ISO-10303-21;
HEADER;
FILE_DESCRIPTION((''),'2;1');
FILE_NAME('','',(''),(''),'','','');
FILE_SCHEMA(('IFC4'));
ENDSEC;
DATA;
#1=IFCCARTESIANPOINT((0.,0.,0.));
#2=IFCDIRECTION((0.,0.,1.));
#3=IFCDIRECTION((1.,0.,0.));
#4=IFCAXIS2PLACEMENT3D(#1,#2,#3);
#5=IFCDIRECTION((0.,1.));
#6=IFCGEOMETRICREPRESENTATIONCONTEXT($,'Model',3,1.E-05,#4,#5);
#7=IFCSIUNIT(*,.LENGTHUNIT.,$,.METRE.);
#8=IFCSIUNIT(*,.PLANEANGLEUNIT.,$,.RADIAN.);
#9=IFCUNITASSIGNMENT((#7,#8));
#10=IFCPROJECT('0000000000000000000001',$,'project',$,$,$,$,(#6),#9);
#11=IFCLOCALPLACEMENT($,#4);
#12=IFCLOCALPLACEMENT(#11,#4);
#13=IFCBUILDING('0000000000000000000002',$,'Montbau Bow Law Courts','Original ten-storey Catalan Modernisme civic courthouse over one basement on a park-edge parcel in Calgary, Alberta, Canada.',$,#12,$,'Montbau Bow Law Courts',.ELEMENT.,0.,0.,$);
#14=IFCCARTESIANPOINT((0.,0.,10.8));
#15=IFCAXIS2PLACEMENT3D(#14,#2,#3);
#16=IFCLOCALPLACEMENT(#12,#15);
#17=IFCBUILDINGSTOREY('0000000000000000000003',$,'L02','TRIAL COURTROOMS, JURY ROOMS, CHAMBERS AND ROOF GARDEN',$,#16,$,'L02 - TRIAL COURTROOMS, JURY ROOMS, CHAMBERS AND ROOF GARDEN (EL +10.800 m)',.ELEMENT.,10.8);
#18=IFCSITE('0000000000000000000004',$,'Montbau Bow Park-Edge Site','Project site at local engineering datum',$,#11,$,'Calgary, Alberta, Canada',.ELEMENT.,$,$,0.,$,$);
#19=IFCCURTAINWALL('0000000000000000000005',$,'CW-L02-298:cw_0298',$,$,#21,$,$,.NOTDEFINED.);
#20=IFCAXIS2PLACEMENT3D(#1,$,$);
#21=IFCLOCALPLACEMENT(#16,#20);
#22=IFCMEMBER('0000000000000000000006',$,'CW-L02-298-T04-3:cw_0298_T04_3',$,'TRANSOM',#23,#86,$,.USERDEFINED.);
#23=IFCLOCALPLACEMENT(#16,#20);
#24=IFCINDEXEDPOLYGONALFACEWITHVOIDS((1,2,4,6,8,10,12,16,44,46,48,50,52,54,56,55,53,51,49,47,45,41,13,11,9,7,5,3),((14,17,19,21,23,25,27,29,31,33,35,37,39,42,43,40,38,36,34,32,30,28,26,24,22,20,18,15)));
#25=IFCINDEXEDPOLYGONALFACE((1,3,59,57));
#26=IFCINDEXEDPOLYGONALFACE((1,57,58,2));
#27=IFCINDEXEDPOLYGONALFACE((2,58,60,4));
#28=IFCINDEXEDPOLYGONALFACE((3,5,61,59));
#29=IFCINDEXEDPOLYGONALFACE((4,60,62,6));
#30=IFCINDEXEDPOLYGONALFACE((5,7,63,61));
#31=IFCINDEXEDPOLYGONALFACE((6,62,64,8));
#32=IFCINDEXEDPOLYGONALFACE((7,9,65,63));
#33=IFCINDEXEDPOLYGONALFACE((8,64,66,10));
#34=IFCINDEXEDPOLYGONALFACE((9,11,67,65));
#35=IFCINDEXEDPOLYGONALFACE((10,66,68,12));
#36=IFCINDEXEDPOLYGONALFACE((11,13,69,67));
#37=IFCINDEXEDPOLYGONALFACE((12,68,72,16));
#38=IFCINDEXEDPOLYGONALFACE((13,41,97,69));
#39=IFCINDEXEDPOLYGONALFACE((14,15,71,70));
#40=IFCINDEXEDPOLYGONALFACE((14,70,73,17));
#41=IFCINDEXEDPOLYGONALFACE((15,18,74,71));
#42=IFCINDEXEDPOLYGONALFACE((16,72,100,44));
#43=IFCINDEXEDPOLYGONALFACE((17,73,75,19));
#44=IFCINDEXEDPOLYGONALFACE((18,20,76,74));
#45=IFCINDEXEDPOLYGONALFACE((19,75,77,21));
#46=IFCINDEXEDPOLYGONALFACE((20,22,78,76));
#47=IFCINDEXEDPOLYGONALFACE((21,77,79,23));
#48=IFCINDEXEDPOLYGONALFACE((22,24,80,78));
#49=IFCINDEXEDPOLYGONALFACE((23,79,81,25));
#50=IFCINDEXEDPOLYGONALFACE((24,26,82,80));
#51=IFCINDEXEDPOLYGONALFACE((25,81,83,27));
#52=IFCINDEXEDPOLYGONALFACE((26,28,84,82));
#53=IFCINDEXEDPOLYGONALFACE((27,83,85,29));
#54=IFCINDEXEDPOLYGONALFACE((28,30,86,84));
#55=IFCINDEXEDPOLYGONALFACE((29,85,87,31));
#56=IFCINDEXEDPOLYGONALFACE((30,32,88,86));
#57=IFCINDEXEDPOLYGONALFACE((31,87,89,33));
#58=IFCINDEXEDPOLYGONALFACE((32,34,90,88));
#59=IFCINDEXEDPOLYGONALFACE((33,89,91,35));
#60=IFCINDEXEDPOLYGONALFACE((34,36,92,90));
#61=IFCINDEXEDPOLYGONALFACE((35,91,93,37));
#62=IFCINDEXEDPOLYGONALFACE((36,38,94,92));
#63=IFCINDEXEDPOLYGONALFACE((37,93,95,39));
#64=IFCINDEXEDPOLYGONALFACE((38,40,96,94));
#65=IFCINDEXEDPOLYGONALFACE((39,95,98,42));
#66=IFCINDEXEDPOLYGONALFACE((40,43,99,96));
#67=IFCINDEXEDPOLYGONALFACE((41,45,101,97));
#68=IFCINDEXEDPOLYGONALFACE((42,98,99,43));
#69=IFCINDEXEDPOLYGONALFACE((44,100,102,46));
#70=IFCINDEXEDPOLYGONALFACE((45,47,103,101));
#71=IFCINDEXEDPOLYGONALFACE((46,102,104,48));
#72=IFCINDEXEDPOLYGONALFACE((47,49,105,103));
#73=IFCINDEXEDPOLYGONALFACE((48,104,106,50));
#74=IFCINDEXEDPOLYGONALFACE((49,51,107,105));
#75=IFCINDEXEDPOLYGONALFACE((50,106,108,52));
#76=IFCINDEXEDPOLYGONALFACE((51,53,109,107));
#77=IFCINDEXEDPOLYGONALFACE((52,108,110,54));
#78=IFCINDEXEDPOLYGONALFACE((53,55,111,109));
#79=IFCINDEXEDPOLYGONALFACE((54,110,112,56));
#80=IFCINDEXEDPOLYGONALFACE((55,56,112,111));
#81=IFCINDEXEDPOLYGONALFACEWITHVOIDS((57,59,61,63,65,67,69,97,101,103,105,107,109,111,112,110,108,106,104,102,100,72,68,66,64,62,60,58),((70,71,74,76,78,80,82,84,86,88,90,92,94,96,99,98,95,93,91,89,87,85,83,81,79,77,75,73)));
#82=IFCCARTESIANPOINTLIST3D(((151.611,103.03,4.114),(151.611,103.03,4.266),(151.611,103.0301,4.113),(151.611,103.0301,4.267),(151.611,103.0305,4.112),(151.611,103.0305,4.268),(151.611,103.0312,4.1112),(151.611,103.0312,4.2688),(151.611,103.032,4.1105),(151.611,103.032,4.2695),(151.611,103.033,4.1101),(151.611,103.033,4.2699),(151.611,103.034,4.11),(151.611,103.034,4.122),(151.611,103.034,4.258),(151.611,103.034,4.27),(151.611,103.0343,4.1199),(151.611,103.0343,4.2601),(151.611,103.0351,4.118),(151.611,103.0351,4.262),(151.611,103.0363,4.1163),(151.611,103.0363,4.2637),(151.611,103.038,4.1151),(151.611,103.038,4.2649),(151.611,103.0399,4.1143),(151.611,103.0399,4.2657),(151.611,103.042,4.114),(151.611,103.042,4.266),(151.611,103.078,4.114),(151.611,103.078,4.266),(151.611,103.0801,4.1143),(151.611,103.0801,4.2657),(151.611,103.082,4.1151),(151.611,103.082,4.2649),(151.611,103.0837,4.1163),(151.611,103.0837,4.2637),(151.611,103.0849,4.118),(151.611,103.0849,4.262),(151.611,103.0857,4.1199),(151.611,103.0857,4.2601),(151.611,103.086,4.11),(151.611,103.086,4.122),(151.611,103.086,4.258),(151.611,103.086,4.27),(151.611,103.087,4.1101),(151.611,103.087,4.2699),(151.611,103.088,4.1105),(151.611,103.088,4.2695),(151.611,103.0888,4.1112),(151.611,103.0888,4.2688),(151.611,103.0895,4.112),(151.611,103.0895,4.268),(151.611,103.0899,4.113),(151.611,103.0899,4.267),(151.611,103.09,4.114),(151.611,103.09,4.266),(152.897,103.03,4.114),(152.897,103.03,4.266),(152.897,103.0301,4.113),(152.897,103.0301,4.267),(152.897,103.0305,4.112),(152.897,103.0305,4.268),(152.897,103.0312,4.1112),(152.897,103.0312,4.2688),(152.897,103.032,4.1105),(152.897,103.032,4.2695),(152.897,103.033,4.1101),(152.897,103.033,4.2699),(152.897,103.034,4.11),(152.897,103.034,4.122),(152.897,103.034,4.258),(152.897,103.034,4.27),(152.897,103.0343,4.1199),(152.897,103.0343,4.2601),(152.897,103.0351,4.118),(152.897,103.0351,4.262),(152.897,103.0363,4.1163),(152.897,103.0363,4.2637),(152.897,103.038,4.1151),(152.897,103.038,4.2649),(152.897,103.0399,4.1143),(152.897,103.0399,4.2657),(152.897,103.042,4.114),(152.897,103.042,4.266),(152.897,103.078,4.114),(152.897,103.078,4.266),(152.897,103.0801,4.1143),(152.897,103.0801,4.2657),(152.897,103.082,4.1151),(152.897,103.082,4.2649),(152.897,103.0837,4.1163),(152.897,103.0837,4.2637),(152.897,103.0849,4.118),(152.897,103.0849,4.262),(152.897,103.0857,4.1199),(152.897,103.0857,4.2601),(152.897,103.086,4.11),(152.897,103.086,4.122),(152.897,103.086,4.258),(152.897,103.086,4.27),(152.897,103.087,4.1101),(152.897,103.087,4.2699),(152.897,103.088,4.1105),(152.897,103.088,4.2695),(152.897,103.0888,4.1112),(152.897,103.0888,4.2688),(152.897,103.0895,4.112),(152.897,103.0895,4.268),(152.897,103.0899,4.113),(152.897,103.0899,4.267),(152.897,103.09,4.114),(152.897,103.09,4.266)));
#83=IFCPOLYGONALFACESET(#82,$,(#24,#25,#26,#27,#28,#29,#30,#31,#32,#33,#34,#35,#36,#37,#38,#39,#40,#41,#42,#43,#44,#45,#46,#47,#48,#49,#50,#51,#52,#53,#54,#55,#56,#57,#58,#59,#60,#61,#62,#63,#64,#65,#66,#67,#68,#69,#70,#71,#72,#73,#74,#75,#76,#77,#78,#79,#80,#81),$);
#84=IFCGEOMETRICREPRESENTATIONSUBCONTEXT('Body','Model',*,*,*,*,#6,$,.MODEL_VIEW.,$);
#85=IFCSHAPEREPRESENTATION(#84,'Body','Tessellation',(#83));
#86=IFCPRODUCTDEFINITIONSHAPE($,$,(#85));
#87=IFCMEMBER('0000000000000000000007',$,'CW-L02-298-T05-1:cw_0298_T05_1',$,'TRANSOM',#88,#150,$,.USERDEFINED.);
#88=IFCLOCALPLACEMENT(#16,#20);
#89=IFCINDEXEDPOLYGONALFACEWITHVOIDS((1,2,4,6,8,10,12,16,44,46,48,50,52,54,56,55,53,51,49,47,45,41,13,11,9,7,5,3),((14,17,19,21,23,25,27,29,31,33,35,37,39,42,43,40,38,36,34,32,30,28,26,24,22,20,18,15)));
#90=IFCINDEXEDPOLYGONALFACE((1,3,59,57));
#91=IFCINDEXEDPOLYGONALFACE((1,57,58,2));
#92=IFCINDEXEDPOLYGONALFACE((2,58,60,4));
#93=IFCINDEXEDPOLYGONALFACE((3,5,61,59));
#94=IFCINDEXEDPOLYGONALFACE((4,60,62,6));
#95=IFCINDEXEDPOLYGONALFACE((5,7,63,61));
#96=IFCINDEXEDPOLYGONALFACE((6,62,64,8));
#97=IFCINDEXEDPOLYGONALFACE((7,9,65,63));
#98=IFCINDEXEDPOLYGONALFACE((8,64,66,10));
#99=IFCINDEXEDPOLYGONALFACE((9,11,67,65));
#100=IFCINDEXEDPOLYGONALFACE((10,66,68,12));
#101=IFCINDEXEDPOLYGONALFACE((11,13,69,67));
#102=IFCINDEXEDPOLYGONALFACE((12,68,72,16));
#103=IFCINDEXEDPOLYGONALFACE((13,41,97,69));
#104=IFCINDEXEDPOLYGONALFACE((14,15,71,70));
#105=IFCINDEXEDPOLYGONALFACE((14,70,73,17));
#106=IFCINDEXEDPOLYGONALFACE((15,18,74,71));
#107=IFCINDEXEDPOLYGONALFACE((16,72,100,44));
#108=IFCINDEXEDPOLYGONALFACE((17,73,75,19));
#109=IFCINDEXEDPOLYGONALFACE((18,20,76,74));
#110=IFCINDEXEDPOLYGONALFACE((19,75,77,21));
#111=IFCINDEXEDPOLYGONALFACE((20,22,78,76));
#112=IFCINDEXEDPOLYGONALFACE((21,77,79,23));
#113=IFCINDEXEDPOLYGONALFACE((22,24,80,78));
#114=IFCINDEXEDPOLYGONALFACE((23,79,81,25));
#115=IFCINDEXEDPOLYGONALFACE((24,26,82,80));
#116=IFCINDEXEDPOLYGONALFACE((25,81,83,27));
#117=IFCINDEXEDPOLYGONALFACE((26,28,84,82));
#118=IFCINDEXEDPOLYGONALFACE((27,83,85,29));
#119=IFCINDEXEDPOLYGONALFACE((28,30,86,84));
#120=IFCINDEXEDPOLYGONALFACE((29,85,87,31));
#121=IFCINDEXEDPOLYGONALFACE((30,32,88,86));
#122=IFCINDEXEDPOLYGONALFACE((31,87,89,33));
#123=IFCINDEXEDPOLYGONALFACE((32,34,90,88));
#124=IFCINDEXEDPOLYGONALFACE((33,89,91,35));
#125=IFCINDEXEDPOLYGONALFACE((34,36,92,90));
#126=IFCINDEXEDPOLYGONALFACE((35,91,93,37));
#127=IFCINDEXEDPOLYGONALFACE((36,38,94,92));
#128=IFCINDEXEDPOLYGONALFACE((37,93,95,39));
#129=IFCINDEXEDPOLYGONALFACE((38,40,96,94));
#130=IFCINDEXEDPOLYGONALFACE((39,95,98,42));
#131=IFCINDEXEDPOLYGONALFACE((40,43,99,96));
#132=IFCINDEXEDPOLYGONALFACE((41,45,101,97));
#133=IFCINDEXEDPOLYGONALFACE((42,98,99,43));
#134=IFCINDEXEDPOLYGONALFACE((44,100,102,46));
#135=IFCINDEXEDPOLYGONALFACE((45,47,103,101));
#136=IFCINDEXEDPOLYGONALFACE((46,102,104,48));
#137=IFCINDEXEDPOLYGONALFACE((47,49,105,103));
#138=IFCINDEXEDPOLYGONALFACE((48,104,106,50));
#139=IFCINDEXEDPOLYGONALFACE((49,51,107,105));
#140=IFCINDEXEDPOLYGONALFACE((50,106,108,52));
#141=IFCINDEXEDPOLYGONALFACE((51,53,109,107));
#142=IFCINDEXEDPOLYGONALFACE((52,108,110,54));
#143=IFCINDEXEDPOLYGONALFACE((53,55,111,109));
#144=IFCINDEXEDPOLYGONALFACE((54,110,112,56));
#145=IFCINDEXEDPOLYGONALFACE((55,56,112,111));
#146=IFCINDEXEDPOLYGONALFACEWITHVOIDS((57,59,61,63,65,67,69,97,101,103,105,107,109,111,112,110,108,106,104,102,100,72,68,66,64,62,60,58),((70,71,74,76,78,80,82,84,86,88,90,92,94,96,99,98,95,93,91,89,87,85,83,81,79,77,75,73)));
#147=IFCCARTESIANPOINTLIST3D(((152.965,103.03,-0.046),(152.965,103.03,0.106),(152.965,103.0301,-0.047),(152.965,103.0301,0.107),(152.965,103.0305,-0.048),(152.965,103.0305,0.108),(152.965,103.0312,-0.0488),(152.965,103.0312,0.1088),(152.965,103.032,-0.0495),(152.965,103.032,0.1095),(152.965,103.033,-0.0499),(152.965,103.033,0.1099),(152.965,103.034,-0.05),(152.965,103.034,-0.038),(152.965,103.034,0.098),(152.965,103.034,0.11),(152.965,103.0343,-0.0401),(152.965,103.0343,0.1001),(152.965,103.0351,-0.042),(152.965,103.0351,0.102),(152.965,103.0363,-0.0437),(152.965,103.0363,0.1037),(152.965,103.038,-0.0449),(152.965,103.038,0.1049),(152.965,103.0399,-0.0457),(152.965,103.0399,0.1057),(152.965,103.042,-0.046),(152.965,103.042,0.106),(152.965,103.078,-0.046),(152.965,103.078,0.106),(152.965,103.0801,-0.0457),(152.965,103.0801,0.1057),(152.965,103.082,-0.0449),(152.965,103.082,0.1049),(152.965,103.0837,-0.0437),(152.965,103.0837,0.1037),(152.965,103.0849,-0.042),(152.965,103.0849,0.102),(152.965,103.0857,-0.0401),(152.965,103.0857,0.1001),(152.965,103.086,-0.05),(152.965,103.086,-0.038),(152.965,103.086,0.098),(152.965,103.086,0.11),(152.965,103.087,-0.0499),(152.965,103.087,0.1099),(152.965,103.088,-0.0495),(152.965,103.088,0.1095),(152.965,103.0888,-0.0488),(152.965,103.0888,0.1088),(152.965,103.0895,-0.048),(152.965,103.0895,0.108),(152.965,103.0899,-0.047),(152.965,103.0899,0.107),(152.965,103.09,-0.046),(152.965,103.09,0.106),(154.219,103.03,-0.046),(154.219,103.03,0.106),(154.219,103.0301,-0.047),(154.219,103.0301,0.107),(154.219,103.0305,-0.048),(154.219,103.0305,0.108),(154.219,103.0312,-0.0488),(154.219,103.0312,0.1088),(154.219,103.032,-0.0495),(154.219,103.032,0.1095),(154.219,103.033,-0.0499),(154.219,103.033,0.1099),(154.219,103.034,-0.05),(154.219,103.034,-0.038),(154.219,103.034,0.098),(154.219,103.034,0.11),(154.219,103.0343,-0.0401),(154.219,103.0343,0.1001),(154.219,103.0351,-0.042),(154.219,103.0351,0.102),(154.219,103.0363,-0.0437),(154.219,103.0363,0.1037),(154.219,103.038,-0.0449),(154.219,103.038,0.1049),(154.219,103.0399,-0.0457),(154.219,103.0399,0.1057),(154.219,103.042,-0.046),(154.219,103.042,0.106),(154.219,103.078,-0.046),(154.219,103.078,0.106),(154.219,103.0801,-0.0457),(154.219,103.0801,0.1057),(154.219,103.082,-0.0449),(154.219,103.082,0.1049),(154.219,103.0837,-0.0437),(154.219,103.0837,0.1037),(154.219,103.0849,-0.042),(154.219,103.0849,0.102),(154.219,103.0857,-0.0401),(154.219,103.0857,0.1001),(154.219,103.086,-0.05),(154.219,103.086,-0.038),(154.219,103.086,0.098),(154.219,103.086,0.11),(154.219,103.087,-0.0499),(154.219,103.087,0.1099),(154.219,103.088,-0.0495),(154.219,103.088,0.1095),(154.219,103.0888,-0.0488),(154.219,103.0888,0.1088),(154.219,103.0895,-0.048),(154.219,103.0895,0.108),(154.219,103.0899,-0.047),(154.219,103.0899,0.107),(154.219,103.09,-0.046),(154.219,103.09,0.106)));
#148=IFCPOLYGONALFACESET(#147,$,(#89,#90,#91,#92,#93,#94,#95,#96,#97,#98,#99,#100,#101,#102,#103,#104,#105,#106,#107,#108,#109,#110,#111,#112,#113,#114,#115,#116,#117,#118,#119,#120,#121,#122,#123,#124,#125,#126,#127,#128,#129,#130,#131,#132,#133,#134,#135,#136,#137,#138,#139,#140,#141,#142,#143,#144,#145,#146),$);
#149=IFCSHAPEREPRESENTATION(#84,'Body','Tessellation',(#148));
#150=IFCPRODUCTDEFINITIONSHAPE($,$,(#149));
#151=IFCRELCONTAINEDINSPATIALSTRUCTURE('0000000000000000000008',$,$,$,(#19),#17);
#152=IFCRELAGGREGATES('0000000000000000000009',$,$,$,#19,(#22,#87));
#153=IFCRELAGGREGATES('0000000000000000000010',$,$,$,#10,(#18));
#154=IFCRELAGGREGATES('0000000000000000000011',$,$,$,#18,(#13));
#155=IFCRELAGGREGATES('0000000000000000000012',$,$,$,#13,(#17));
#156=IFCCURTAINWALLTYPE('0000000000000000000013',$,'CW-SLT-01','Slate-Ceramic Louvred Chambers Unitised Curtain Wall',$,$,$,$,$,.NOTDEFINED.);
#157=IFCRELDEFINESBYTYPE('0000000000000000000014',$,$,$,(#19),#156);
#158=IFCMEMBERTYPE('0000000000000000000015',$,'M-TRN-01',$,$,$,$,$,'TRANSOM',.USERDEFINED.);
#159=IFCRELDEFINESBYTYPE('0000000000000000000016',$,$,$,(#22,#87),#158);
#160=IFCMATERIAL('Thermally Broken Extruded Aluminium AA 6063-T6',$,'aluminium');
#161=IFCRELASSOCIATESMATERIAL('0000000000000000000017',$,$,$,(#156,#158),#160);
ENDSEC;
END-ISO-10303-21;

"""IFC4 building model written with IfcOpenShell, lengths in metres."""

from ifc_helpers import new_model, si_unit, direction, frame, origin_with_axes, origin_2d_with_axis, place, context, subcontext, project, spatial, hollow_rectangle, extrude, material, material_profile, profile_set, type_object, element, aggregate, save


model = new_model("IFC4")

# Units and contexts
model_context = context("Model", 3, precision=1e-05, world=origin_with_axes(), true_north=direction((0.0, 1.0)))
body_context = subcontext(model_context, "Body", "Model", "MODEL_VIEW")
ifc_project = project(units=[si_unit("LENGTHUNIT", "METRE"), si_unit("PLANEANGLEUNIT", "RADIAN")], contexts=[model_context])

# Site, building, storey
site_placement = place(None, origin_with_axes())
site = spatial("IfcSite", under=ifc_project, at=site_placement, Name="Montbau Bow Park-Edge Site", Description="Project site at local engineering datum", LongName="Calgary, Alberta, Canada", CompositionType="ELEMENT", RefElevation=0.0)
building_placement = place(site_placement, origin_with_axes())
building = spatial("IfcBuilding", under=site, at=building_placement, Name="Montbau Bow Law Courts", Description="Original ten-storey Catalan Modernisme civic courthouse over one basement on a park-edge parcel in Calgary, Alberta, Canada.", LongName="Montbau Bow Law Courts", CompositionType="ELEMENT", ElevationOfRefHeight=0.0, ElevationOfTerrain=0.0)
storey_placement = place(building_placement, frame((0.0, 0.0, 10.8), z_axis=(0.0, 0.0, 1.0), x_axis=(1.0, 0.0, 0.0)))
storey = spatial("IfcBuildingStorey", under=building, at=storey_placement, Name="L02", Description="TRIAL COURTROOMS, JURY ROOMS, CHAMBERS AND ROOF GARDEN", LongName="L02 - TRIAL COURTROOMS, JURY ROOMS, CHAMBERS AND ROOF GARDEN (EL +10.800 m)", CompositionType="ELEMENT", Elevation=10.8)

# Curtain wall, members
ifc_material_1 = material(Name="Thermally Broken Extruded Aluminium AA 6063-T6", Category="aluminium")
curtain_wall_type = type_object("IfcCurtainWallType", Name="CW-SLT-01", Description="Slate-Ceramic Louvred Chambers Unitised Curtain Wall", PredefinedType="NOTDEFINED", material=ifc_material_1)
curtain_wall_placement = place(None, frame((147.515, 103.06, 10.8), z_axis=(0.0, 0.0, 1.0), x_axis=(1.0, 0.0, 0.0)))
curtain_wall = element("IfcCurtainWall", 1, at=curtain_wall_placement, inside=storey, type_object=curtain_wall_type, Name="CW-L02-298:cw_0298", PredefinedType="NOTDEFINED")
ifc_material_profile_1 = material_profile(ifc_material_1, hollow_rectangle(XDim=0.06, YDim=0.16, WallThickness=0.004, InnerFilletRadius=0.008, OuterFilletRadius=0.004, at=origin_2d_with_axis()), Name="CWT-160X60", Category="Main", Priority=0)
ifc_profile_set_1 = profile_set([ifc_material_profile_1], Name="Thermally Broken Extruded Aluminium AA 6063-T6")
member_type_1 = type_object("IfcMemberType", Name="M-TRN-01", ElementType="TRANSOM", PredefinedType="USERDEFINED", material=ifc_profile_set_1)
member_1_placement = place(None, frame((151.611, 103.06, 14.99), z_axis=(1.0, 0.0, 0.0), x_axis=(0.0, 1.0, 0.0)))
member_1 = element("IfcMember", 2, at=member_1_placement, type_object=member_type_1, Name="CW-L02-298-T04-3:cw_0298_T04_3", ObjectType="TRANSOM", PredefinedType="USERDEFINED", context=body_context, shape_type="SweptSolid", body=[
    extrude(hollow_rectangle(XDim=0.06, YDim=0.16, WallThickness=0.004, InnerFilletRadius=0.008, OuterFilletRadius=0.004, at=origin_2d_with_axis()), origin_with_axes(), (0.0, 0.0, 1.0), 1.286),
])
member_2_placement = place(None, frame((152.965, 103.06, 10.83), z_axis=(1.0, 0.0, 0.0), x_axis=(0.0, 1.0, 0.0)))
member_2 = element("IfcMember", 3, at=member_2_placement, type_object=member_type_1, Name="CW-L02-298-T05-1:cw_0298_T05_1", ObjectType="TRANSOM", PredefinedType="USERDEFINED", context=body_context, shape_type="SweptSolid", body=[
    extrude(hollow_rectangle(XDim=0.06, YDim=0.16, WallThickness=0.004, InnerFilletRadius=0.008, OuterFilletRadius=0.004, at=origin_2d_with_axis()), origin_with_axes(), (0.0, 0.0, 1.0), 1.254),
])
aggregate(curtain_wall, [member_1, member_2])

save(model, "model.ifc")
